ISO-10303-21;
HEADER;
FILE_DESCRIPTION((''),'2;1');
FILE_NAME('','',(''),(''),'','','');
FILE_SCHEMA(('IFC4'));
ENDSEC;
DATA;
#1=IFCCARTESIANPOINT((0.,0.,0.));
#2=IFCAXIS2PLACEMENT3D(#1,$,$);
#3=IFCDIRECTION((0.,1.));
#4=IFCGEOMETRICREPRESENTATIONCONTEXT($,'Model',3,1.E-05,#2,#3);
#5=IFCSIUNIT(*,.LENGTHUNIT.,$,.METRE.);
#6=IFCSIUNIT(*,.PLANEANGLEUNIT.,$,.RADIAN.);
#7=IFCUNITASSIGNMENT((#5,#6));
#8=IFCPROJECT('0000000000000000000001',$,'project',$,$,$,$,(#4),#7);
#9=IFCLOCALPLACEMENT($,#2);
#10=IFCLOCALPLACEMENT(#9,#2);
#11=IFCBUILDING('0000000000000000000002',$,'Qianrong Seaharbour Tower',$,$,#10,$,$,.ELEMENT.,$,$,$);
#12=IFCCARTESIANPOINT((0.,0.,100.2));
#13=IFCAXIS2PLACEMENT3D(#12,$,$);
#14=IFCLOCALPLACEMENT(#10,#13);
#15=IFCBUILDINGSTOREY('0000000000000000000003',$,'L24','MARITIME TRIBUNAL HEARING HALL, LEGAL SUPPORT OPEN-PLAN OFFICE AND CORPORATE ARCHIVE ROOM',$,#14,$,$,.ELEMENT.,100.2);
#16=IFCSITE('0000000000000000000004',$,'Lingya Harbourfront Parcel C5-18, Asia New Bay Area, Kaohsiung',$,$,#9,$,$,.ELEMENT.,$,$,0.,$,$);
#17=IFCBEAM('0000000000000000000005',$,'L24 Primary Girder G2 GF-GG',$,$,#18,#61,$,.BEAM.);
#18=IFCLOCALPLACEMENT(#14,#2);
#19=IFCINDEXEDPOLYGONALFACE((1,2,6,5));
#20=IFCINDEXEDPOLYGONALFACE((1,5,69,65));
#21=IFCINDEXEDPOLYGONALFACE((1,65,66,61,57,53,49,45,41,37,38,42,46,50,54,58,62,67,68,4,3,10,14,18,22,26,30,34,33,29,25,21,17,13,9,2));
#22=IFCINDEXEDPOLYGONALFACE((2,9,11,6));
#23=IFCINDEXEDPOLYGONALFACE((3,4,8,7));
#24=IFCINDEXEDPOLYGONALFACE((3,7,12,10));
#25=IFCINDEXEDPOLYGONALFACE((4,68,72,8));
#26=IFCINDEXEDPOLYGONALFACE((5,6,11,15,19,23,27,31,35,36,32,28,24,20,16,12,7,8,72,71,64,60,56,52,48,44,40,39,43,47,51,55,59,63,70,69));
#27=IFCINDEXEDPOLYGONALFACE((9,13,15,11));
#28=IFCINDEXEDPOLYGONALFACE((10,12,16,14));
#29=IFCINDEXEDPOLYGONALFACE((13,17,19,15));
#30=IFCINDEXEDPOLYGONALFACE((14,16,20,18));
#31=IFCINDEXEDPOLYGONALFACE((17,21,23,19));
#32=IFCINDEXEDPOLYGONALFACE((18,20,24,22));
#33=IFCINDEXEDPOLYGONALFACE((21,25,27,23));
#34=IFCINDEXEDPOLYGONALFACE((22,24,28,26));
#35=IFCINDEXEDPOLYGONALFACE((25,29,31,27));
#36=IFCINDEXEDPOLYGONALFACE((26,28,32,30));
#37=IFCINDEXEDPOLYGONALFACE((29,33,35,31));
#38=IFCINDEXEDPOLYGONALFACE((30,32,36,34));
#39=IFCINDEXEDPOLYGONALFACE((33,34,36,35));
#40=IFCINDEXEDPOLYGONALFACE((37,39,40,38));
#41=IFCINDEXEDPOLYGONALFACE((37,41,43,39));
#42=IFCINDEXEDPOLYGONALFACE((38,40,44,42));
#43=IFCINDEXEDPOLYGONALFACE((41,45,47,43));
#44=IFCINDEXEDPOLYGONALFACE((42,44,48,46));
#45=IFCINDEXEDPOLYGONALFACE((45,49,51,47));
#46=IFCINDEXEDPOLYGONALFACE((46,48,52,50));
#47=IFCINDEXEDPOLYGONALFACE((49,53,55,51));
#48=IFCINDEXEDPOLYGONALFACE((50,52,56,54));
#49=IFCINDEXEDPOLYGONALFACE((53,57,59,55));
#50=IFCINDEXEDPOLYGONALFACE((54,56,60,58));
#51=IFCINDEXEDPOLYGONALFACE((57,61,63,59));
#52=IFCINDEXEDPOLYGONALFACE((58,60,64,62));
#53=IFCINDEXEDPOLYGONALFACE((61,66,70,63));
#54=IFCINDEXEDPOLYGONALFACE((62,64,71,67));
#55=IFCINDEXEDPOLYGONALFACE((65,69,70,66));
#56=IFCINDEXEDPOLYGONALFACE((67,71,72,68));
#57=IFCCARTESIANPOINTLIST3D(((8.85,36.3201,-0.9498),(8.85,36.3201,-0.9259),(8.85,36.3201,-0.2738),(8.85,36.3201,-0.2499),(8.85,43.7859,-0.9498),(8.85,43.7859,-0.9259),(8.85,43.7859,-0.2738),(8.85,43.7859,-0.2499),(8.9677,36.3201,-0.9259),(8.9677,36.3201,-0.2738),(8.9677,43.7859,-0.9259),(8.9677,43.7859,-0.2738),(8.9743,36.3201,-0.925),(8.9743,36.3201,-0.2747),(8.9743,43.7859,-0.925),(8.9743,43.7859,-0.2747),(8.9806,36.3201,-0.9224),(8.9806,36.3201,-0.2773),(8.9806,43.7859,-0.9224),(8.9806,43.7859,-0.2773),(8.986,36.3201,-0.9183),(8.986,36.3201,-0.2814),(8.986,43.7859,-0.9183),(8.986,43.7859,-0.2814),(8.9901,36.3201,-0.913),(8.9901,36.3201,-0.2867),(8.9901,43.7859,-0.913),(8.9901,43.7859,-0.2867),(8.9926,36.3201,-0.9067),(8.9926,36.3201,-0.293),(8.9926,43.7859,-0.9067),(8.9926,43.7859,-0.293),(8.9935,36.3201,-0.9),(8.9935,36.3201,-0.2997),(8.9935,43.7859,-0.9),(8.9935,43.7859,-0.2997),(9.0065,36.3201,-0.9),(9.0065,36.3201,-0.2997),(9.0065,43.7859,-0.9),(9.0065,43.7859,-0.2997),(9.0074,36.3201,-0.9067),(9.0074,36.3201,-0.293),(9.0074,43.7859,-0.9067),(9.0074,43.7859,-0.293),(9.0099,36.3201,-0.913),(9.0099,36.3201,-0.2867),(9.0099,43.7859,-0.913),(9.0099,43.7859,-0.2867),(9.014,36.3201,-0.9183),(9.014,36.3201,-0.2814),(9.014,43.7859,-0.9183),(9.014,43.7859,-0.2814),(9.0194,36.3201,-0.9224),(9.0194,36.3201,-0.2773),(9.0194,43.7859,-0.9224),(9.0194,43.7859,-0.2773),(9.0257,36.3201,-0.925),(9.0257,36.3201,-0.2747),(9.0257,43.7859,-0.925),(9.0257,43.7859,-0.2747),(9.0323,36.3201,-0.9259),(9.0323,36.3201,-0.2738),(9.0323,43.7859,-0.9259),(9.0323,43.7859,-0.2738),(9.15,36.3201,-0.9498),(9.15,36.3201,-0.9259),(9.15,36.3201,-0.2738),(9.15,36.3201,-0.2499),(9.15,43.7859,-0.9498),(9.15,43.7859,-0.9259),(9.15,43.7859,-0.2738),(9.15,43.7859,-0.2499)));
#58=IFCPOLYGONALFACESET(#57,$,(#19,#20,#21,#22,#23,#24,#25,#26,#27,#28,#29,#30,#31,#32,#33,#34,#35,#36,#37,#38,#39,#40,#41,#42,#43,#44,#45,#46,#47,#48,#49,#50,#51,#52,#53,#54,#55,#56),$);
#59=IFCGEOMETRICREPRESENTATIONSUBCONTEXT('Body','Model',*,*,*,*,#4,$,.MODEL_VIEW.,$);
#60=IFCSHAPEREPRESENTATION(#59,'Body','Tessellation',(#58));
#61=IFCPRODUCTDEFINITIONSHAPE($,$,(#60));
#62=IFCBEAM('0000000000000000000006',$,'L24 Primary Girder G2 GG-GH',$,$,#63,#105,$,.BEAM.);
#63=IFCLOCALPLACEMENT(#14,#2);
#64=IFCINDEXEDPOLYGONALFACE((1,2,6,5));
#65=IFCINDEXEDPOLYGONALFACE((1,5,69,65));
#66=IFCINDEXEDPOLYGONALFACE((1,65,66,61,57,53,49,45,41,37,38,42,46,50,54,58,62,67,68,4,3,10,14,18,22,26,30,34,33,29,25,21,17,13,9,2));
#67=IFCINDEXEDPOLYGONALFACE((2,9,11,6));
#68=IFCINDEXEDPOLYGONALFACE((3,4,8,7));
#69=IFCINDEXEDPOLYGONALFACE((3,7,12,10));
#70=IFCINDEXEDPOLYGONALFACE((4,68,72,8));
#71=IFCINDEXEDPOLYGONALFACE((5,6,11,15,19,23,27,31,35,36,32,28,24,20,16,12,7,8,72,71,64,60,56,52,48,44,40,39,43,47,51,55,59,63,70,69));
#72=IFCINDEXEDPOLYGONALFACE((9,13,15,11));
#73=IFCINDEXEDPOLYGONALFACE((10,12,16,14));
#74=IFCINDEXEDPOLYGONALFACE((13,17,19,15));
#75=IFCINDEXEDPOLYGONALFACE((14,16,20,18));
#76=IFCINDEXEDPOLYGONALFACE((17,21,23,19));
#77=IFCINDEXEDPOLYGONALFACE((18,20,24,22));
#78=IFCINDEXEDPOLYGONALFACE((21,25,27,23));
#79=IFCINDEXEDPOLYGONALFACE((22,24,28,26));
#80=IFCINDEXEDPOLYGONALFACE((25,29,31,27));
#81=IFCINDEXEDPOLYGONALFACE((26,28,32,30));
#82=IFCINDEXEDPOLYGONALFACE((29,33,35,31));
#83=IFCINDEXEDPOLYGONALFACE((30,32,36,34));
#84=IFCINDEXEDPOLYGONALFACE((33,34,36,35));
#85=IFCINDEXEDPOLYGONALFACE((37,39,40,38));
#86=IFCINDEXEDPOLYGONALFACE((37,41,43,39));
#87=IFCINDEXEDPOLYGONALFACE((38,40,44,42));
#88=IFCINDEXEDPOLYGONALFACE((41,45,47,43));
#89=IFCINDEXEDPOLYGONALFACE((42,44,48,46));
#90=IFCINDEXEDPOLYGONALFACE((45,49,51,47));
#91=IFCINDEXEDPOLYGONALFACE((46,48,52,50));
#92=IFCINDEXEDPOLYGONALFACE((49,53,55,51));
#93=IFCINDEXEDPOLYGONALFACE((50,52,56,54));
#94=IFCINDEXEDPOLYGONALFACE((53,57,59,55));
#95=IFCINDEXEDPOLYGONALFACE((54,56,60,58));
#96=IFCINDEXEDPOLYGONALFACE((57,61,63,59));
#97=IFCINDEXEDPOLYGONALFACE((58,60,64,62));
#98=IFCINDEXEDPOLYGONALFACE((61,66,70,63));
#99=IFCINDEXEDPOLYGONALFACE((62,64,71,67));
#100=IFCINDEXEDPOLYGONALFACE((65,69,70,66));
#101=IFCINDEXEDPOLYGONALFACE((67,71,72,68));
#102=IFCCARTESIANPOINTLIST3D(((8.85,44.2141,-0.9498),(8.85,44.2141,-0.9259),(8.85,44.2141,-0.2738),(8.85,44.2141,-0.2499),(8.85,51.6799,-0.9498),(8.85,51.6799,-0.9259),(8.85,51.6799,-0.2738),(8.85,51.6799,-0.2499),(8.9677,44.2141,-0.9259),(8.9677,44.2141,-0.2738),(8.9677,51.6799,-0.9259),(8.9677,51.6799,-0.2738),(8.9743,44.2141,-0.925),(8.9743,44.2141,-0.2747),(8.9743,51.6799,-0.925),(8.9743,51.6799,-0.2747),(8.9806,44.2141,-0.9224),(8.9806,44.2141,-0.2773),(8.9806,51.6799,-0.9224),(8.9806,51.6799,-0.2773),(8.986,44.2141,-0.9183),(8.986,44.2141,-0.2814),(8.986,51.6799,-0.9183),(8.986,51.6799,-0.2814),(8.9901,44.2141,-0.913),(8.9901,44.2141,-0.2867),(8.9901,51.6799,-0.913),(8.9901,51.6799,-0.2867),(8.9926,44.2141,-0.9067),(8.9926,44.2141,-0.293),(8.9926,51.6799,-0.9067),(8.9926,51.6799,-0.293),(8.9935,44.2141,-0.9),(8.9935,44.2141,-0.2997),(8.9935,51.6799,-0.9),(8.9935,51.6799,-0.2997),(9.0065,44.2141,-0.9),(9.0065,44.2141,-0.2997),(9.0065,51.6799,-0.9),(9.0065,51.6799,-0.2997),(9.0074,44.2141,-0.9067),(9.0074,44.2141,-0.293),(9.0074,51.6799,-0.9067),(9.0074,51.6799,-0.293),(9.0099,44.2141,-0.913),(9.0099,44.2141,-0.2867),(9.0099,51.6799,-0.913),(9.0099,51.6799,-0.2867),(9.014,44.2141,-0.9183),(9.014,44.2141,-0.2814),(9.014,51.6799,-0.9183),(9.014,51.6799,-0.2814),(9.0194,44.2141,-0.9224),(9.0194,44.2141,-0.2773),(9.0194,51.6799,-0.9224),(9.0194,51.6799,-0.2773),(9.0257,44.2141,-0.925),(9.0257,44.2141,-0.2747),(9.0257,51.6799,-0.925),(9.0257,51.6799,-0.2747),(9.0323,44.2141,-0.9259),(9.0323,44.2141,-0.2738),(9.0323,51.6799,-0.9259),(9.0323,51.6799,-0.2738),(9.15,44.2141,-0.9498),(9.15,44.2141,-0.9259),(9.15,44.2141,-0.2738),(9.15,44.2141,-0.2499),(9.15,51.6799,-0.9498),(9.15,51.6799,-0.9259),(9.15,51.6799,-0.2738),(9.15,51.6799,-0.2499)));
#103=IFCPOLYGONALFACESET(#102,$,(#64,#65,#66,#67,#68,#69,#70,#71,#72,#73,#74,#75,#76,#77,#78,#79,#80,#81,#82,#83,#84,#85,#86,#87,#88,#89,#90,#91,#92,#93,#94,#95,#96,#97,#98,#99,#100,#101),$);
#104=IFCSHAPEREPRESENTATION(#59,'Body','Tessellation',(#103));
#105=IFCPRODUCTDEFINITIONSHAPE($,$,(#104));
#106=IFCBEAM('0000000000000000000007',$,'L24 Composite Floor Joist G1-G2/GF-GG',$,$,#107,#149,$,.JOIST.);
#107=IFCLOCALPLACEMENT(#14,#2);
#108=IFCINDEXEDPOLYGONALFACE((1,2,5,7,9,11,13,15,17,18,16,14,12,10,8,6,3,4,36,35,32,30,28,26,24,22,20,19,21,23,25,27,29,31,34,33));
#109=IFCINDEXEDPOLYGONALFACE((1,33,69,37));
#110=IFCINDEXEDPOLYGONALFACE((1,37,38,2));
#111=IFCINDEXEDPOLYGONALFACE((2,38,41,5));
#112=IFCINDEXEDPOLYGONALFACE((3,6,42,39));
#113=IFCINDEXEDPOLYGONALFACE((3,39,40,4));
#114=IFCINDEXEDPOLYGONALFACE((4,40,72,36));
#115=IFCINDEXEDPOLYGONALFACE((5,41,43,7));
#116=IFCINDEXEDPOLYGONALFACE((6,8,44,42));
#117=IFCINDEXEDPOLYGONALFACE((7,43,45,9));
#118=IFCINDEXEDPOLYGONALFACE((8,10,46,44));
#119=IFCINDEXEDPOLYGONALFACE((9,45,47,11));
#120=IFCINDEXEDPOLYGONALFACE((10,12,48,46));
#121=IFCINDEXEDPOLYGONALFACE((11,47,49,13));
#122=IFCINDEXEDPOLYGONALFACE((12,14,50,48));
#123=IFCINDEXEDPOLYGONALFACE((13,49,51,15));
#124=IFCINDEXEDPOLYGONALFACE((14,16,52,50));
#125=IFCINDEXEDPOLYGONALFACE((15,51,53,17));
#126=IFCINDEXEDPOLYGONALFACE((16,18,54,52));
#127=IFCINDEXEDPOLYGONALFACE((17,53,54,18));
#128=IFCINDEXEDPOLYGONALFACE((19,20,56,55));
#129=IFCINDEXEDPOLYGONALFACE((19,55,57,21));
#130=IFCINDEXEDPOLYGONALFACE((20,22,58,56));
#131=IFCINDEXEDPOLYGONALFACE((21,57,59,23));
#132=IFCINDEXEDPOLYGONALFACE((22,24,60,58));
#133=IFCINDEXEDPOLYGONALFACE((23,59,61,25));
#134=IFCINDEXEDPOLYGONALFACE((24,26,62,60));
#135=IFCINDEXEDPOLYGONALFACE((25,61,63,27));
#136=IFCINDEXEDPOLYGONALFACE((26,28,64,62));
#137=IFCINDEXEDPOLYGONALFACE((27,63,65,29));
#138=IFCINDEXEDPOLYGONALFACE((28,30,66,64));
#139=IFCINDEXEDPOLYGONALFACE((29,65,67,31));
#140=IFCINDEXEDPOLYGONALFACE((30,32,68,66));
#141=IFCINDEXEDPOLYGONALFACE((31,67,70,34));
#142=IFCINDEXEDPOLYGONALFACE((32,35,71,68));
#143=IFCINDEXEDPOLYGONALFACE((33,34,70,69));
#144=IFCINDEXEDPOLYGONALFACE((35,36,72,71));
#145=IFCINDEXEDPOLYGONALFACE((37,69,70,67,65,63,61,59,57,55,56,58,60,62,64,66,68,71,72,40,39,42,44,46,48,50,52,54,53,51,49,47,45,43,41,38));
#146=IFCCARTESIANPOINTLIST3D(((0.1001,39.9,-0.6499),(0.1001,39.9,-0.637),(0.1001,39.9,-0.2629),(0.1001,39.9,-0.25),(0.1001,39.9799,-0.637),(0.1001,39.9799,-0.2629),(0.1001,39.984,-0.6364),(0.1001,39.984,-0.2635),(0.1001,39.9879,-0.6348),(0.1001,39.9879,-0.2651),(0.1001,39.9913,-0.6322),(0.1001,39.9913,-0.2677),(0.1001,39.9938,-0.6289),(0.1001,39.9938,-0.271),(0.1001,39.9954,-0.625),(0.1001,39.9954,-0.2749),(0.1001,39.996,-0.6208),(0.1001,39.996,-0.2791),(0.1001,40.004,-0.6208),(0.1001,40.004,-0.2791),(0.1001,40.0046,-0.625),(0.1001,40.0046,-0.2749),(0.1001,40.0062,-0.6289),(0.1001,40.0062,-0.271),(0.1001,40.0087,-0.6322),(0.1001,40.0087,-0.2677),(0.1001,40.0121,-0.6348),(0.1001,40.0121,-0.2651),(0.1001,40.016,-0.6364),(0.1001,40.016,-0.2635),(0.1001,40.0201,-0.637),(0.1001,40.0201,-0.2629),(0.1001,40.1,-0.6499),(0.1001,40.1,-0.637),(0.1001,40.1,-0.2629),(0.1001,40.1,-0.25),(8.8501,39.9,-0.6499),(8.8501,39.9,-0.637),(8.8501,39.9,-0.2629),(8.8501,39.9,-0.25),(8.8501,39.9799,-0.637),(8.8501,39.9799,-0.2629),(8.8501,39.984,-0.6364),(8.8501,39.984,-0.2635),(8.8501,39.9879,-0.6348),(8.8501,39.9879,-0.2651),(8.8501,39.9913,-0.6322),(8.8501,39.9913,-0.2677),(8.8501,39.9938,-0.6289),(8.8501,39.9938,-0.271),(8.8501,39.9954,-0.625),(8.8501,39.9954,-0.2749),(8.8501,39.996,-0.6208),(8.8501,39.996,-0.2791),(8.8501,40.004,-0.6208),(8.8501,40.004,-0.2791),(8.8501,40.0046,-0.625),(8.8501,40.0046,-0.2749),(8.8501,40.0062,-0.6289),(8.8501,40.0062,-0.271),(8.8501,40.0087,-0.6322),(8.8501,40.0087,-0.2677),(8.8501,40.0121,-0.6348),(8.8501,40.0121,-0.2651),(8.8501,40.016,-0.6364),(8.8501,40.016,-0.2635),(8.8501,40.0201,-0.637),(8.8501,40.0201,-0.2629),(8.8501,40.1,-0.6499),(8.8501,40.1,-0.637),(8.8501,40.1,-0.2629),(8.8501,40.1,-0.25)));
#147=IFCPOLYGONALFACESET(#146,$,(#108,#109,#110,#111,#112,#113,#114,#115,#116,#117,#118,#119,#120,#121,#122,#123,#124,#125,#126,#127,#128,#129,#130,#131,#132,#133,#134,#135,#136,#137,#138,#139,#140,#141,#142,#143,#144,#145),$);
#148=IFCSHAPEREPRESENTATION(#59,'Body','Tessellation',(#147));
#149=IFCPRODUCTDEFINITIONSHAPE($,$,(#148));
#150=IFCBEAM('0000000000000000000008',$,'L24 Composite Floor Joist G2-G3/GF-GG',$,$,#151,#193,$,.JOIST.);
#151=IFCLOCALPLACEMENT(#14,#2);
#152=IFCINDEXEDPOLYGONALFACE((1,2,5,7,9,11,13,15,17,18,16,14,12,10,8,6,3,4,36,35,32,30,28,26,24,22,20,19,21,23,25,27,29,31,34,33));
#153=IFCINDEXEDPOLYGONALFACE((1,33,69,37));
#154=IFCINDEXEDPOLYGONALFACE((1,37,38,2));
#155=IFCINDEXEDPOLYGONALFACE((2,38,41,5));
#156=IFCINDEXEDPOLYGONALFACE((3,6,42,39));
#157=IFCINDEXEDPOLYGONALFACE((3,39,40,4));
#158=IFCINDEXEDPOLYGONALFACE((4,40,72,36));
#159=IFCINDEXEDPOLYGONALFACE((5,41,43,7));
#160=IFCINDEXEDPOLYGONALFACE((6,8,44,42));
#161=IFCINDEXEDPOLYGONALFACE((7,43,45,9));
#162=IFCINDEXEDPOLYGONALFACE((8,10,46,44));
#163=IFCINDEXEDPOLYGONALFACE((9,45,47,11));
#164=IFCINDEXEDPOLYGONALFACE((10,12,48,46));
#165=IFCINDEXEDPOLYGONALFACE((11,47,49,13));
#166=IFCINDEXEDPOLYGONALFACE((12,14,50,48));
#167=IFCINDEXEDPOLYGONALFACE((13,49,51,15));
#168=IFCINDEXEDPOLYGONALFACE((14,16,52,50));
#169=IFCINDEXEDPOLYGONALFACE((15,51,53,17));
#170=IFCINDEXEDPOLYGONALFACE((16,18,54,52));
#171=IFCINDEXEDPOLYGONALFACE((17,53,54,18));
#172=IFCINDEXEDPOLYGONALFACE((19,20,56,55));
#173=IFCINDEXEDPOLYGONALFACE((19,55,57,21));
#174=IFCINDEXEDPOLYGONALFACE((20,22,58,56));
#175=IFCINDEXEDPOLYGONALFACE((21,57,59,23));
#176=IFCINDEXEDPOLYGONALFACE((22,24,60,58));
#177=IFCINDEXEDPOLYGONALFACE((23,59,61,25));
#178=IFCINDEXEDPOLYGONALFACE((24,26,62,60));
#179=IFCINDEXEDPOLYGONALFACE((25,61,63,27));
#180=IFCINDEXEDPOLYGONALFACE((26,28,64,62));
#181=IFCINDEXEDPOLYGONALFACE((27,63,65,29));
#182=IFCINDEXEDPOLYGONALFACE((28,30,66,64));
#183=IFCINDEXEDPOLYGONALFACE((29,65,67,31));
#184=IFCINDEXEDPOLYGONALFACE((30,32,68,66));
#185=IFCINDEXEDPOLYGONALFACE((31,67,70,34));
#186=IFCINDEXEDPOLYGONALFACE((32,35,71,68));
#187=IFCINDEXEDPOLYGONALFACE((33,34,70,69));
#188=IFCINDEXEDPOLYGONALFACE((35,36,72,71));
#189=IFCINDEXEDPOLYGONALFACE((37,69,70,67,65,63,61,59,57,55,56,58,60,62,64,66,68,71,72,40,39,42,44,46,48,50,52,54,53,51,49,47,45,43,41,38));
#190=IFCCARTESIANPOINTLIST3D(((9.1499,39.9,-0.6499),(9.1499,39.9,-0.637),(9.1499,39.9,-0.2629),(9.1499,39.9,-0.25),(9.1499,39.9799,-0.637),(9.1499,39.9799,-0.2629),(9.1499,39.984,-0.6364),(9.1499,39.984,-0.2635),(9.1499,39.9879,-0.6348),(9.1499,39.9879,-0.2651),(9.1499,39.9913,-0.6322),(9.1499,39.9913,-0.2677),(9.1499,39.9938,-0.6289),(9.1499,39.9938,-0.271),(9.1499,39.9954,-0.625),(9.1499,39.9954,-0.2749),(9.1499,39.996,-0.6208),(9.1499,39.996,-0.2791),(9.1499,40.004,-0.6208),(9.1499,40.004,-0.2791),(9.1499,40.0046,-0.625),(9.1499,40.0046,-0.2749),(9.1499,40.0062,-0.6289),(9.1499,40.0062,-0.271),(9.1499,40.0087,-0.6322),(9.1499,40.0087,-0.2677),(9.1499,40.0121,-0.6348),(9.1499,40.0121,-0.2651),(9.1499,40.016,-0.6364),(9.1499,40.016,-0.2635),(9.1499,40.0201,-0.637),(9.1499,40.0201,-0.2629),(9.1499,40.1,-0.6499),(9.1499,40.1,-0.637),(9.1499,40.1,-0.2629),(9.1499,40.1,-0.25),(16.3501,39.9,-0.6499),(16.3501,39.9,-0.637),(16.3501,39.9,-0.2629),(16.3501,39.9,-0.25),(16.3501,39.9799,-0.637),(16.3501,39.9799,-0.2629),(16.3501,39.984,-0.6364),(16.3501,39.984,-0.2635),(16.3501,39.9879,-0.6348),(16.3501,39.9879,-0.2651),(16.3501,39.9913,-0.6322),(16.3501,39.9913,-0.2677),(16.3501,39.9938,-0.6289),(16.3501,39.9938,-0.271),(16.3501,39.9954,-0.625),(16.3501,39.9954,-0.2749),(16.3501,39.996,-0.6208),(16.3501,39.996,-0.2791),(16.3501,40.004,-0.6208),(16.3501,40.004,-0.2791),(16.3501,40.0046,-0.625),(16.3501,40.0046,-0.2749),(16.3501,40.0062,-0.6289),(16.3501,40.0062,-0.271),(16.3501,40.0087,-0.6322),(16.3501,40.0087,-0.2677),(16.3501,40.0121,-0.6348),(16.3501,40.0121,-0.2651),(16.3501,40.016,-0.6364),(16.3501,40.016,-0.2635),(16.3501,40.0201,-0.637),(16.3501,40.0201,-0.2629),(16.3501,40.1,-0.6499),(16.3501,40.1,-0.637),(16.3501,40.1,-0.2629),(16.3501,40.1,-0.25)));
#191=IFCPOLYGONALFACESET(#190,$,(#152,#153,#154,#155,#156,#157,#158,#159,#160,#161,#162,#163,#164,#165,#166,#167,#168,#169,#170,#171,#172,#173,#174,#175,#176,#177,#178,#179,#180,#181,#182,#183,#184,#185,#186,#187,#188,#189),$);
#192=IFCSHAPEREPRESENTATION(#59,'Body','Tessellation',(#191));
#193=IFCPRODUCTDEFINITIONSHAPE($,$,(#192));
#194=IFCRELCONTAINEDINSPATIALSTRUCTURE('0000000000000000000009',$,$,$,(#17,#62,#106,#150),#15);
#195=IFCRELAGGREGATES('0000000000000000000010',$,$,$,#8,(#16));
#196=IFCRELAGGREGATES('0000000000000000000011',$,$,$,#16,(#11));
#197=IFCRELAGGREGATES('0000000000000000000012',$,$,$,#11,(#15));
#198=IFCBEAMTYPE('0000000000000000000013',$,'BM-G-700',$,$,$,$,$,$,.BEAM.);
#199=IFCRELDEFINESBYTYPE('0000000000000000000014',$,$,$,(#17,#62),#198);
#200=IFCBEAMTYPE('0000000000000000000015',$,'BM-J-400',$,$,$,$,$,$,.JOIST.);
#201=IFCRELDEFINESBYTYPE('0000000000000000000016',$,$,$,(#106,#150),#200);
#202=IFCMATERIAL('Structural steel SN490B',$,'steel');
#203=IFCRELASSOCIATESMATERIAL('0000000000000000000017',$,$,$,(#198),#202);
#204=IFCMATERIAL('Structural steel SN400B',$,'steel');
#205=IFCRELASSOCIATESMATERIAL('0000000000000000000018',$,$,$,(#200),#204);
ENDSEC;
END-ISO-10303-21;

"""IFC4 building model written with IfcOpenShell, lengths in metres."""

from ifc_helpers import new_model, si_unit, direction, frame, origin, origin_2d, place, context, subcontext, project, spatial, i_section, extrude, material, material_profile, profile_set, type_object, element, save


model = new_model("IFC4")

# Units and contexts
model_context = context("Model", 3, precision=1e-05, world=origin(), true_north=direction((0.0, 1.0)))
body_context = subcontext(model_context, "Body", "Model", "MODEL_VIEW")
ifc_project = project(units=[si_unit("LENGTHUNIT", "METRE"), si_unit("PLANEANGLEUNIT", "RADIAN")], contexts=[model_context])

# Site, building, storey
site_placement = place(None, origin())
site = spatial("IfcSite", under=ifc_project, at=site_placement, Name="Lingya Harbourfront Parcel C5-18, Asia New Bay Area, Kaohsiung", CompositionType="ELEMENT", RefElevation=0.0)
building_placement = place(site_placement, origin())
building = spatial("IfcBuilding", under=site, at=building_placement, Name="Qianrong Seaharbour Tower", CompositionType="ELEMENT")
storey_placement = place(building_placement, frame((0.0, 0.0, 100.2)))
storey = spatial("IfcBuildingStorey", under=building, at=storey_placement, Name="L24", Description="MARITIME TRIBUNAL HEARING HALL, LEGAL SUPPORT OPEN-PLAN OFFICE AND CORPORATE ARCHIVE ROOM", CompositionType="ELEMENT", Elevation=100.2)

# Shared definitions
ifc_material_1 = material(Name="Structural steel SN490B", Category="steel")

# Beams
ifc_material_profile_1 = material_profile(ifc_material_1, i_section(OverallWidth=0.3, OverallDepth=0.7, WebThickness=0.0129, FlangeThickness=0.0239, FilletRadius=0.0259, at=origin_2d()), Name="H700x300x13x24")
ifc_profile_set_1 = profile_set([ifc_material_profile_1], Name="Structural steel SN490B")
beam_type_1 = type_object("IfcBeamType", Name="BM-G-700", PredefinedType="BEAM", material=ifc_profile_set_1)
for number, where, z_axis, x_axis, name in (
    (1, (9.0, 36.3201, -0.5999), (0.0, 1.0, 0.0), (-1.0, 0.0, 0.0), "L24 Primary Girder G2 GF-GG"),
    (2, (9.0, 44.2141, -0.5999), (0.0, 1.0, 0.0), (-1.0, 0.0, 0.0), "L24 Primary Girder G2 GG-GH"),
):
    element("IfcBeam", number, at=place(storey_placement, frame(where, z_axis=z_axis, x_axis=x_axis)), inside=storey, type_object=beam_type_1, Name=name, PredefinedType="BEAM", context=body_context, shape_type="SweptSolid", body=[
        extrude(i_section(OverallWidth=0.3, OverallDepth=0.7, WebThickness=0.0129, FlangeThickness=0.0239, FilletRadius=0.0259, at=origin_2d()), origin(), (0.0, 0.0, 1.0), 7.4658),
    ])
ifc_material_2 = material(Name="Structural steel SN400B", Category="steel")
ifc_material_profile_2 = material_profile(ifc_material_2, i_section(OverallWidth=0.2, OverallDepth=0.3999, WebThickness=0.0081, FlangeThickness=0.0129, FilletRadius=0.0161, at=origin_2d()), Name="H400x200x8x13")
ifc_profile_set_2 = profile_set([ifc_material_profile_2], Name="Structural steel SN400B")
beam_type_2 = type_object("IfcBeamType", Name="BM-J-400", PredefinedType="JOIST", material=ifc_profile_set_2)
beam_1_placement = place(storey_placement, frame((0.1001, 40.0, -0.45), z_axis=(1.0, 0.0, 0.0), x_axis=(0.0, 1.0, 0.0)))
element("IfcBeam", 3, at=beam_1_placement, inside=storey, type_object=beam_type_2, Name="L24 Composite Floor Joist G1-G2/GF-GG", PredefinedType="JOIST", context=body_context, shape_type="SweptSolid", body=[
    extrude(i_section(OverallWidth=0.2, OverallDepth=0.3999, WebThickness=0.0081, FlangeThickness=0.0129, FilletRadius=0.0161, at=origin_2d()), origin(), (0.0, 0.0, 1.0), 8.75),
])
for number, where, z_axis, x_axis, name in (
    (4, (9.1499, 40.0, -0.45), (1.0, 0.0, 0.0), (0.0, 1.0, 0.0), "L24 Composite Floor Joist G2-G3/GF-GG"),
):
    element("IfcBeam", number, at=place(storey_placement, frame(where, z_axis=z_axis, x_axis=x_axis)), inside=storey, type_object=beam_type_2, Name=name, PredefinedType="JOIST", context=body_context, shape_type="SweptSolid", body=[
        extrude(i_section(OverallWidth=0.2, OverallDepth=0.3999, WebThickness=0.0081, FlangeThickness=0.0129, FilletRadius=0.0161, at=origin_2d()), origin(), (0.0, 0.0, 1.0), 7.2002),
    ])

save(model, "model.ifc")
